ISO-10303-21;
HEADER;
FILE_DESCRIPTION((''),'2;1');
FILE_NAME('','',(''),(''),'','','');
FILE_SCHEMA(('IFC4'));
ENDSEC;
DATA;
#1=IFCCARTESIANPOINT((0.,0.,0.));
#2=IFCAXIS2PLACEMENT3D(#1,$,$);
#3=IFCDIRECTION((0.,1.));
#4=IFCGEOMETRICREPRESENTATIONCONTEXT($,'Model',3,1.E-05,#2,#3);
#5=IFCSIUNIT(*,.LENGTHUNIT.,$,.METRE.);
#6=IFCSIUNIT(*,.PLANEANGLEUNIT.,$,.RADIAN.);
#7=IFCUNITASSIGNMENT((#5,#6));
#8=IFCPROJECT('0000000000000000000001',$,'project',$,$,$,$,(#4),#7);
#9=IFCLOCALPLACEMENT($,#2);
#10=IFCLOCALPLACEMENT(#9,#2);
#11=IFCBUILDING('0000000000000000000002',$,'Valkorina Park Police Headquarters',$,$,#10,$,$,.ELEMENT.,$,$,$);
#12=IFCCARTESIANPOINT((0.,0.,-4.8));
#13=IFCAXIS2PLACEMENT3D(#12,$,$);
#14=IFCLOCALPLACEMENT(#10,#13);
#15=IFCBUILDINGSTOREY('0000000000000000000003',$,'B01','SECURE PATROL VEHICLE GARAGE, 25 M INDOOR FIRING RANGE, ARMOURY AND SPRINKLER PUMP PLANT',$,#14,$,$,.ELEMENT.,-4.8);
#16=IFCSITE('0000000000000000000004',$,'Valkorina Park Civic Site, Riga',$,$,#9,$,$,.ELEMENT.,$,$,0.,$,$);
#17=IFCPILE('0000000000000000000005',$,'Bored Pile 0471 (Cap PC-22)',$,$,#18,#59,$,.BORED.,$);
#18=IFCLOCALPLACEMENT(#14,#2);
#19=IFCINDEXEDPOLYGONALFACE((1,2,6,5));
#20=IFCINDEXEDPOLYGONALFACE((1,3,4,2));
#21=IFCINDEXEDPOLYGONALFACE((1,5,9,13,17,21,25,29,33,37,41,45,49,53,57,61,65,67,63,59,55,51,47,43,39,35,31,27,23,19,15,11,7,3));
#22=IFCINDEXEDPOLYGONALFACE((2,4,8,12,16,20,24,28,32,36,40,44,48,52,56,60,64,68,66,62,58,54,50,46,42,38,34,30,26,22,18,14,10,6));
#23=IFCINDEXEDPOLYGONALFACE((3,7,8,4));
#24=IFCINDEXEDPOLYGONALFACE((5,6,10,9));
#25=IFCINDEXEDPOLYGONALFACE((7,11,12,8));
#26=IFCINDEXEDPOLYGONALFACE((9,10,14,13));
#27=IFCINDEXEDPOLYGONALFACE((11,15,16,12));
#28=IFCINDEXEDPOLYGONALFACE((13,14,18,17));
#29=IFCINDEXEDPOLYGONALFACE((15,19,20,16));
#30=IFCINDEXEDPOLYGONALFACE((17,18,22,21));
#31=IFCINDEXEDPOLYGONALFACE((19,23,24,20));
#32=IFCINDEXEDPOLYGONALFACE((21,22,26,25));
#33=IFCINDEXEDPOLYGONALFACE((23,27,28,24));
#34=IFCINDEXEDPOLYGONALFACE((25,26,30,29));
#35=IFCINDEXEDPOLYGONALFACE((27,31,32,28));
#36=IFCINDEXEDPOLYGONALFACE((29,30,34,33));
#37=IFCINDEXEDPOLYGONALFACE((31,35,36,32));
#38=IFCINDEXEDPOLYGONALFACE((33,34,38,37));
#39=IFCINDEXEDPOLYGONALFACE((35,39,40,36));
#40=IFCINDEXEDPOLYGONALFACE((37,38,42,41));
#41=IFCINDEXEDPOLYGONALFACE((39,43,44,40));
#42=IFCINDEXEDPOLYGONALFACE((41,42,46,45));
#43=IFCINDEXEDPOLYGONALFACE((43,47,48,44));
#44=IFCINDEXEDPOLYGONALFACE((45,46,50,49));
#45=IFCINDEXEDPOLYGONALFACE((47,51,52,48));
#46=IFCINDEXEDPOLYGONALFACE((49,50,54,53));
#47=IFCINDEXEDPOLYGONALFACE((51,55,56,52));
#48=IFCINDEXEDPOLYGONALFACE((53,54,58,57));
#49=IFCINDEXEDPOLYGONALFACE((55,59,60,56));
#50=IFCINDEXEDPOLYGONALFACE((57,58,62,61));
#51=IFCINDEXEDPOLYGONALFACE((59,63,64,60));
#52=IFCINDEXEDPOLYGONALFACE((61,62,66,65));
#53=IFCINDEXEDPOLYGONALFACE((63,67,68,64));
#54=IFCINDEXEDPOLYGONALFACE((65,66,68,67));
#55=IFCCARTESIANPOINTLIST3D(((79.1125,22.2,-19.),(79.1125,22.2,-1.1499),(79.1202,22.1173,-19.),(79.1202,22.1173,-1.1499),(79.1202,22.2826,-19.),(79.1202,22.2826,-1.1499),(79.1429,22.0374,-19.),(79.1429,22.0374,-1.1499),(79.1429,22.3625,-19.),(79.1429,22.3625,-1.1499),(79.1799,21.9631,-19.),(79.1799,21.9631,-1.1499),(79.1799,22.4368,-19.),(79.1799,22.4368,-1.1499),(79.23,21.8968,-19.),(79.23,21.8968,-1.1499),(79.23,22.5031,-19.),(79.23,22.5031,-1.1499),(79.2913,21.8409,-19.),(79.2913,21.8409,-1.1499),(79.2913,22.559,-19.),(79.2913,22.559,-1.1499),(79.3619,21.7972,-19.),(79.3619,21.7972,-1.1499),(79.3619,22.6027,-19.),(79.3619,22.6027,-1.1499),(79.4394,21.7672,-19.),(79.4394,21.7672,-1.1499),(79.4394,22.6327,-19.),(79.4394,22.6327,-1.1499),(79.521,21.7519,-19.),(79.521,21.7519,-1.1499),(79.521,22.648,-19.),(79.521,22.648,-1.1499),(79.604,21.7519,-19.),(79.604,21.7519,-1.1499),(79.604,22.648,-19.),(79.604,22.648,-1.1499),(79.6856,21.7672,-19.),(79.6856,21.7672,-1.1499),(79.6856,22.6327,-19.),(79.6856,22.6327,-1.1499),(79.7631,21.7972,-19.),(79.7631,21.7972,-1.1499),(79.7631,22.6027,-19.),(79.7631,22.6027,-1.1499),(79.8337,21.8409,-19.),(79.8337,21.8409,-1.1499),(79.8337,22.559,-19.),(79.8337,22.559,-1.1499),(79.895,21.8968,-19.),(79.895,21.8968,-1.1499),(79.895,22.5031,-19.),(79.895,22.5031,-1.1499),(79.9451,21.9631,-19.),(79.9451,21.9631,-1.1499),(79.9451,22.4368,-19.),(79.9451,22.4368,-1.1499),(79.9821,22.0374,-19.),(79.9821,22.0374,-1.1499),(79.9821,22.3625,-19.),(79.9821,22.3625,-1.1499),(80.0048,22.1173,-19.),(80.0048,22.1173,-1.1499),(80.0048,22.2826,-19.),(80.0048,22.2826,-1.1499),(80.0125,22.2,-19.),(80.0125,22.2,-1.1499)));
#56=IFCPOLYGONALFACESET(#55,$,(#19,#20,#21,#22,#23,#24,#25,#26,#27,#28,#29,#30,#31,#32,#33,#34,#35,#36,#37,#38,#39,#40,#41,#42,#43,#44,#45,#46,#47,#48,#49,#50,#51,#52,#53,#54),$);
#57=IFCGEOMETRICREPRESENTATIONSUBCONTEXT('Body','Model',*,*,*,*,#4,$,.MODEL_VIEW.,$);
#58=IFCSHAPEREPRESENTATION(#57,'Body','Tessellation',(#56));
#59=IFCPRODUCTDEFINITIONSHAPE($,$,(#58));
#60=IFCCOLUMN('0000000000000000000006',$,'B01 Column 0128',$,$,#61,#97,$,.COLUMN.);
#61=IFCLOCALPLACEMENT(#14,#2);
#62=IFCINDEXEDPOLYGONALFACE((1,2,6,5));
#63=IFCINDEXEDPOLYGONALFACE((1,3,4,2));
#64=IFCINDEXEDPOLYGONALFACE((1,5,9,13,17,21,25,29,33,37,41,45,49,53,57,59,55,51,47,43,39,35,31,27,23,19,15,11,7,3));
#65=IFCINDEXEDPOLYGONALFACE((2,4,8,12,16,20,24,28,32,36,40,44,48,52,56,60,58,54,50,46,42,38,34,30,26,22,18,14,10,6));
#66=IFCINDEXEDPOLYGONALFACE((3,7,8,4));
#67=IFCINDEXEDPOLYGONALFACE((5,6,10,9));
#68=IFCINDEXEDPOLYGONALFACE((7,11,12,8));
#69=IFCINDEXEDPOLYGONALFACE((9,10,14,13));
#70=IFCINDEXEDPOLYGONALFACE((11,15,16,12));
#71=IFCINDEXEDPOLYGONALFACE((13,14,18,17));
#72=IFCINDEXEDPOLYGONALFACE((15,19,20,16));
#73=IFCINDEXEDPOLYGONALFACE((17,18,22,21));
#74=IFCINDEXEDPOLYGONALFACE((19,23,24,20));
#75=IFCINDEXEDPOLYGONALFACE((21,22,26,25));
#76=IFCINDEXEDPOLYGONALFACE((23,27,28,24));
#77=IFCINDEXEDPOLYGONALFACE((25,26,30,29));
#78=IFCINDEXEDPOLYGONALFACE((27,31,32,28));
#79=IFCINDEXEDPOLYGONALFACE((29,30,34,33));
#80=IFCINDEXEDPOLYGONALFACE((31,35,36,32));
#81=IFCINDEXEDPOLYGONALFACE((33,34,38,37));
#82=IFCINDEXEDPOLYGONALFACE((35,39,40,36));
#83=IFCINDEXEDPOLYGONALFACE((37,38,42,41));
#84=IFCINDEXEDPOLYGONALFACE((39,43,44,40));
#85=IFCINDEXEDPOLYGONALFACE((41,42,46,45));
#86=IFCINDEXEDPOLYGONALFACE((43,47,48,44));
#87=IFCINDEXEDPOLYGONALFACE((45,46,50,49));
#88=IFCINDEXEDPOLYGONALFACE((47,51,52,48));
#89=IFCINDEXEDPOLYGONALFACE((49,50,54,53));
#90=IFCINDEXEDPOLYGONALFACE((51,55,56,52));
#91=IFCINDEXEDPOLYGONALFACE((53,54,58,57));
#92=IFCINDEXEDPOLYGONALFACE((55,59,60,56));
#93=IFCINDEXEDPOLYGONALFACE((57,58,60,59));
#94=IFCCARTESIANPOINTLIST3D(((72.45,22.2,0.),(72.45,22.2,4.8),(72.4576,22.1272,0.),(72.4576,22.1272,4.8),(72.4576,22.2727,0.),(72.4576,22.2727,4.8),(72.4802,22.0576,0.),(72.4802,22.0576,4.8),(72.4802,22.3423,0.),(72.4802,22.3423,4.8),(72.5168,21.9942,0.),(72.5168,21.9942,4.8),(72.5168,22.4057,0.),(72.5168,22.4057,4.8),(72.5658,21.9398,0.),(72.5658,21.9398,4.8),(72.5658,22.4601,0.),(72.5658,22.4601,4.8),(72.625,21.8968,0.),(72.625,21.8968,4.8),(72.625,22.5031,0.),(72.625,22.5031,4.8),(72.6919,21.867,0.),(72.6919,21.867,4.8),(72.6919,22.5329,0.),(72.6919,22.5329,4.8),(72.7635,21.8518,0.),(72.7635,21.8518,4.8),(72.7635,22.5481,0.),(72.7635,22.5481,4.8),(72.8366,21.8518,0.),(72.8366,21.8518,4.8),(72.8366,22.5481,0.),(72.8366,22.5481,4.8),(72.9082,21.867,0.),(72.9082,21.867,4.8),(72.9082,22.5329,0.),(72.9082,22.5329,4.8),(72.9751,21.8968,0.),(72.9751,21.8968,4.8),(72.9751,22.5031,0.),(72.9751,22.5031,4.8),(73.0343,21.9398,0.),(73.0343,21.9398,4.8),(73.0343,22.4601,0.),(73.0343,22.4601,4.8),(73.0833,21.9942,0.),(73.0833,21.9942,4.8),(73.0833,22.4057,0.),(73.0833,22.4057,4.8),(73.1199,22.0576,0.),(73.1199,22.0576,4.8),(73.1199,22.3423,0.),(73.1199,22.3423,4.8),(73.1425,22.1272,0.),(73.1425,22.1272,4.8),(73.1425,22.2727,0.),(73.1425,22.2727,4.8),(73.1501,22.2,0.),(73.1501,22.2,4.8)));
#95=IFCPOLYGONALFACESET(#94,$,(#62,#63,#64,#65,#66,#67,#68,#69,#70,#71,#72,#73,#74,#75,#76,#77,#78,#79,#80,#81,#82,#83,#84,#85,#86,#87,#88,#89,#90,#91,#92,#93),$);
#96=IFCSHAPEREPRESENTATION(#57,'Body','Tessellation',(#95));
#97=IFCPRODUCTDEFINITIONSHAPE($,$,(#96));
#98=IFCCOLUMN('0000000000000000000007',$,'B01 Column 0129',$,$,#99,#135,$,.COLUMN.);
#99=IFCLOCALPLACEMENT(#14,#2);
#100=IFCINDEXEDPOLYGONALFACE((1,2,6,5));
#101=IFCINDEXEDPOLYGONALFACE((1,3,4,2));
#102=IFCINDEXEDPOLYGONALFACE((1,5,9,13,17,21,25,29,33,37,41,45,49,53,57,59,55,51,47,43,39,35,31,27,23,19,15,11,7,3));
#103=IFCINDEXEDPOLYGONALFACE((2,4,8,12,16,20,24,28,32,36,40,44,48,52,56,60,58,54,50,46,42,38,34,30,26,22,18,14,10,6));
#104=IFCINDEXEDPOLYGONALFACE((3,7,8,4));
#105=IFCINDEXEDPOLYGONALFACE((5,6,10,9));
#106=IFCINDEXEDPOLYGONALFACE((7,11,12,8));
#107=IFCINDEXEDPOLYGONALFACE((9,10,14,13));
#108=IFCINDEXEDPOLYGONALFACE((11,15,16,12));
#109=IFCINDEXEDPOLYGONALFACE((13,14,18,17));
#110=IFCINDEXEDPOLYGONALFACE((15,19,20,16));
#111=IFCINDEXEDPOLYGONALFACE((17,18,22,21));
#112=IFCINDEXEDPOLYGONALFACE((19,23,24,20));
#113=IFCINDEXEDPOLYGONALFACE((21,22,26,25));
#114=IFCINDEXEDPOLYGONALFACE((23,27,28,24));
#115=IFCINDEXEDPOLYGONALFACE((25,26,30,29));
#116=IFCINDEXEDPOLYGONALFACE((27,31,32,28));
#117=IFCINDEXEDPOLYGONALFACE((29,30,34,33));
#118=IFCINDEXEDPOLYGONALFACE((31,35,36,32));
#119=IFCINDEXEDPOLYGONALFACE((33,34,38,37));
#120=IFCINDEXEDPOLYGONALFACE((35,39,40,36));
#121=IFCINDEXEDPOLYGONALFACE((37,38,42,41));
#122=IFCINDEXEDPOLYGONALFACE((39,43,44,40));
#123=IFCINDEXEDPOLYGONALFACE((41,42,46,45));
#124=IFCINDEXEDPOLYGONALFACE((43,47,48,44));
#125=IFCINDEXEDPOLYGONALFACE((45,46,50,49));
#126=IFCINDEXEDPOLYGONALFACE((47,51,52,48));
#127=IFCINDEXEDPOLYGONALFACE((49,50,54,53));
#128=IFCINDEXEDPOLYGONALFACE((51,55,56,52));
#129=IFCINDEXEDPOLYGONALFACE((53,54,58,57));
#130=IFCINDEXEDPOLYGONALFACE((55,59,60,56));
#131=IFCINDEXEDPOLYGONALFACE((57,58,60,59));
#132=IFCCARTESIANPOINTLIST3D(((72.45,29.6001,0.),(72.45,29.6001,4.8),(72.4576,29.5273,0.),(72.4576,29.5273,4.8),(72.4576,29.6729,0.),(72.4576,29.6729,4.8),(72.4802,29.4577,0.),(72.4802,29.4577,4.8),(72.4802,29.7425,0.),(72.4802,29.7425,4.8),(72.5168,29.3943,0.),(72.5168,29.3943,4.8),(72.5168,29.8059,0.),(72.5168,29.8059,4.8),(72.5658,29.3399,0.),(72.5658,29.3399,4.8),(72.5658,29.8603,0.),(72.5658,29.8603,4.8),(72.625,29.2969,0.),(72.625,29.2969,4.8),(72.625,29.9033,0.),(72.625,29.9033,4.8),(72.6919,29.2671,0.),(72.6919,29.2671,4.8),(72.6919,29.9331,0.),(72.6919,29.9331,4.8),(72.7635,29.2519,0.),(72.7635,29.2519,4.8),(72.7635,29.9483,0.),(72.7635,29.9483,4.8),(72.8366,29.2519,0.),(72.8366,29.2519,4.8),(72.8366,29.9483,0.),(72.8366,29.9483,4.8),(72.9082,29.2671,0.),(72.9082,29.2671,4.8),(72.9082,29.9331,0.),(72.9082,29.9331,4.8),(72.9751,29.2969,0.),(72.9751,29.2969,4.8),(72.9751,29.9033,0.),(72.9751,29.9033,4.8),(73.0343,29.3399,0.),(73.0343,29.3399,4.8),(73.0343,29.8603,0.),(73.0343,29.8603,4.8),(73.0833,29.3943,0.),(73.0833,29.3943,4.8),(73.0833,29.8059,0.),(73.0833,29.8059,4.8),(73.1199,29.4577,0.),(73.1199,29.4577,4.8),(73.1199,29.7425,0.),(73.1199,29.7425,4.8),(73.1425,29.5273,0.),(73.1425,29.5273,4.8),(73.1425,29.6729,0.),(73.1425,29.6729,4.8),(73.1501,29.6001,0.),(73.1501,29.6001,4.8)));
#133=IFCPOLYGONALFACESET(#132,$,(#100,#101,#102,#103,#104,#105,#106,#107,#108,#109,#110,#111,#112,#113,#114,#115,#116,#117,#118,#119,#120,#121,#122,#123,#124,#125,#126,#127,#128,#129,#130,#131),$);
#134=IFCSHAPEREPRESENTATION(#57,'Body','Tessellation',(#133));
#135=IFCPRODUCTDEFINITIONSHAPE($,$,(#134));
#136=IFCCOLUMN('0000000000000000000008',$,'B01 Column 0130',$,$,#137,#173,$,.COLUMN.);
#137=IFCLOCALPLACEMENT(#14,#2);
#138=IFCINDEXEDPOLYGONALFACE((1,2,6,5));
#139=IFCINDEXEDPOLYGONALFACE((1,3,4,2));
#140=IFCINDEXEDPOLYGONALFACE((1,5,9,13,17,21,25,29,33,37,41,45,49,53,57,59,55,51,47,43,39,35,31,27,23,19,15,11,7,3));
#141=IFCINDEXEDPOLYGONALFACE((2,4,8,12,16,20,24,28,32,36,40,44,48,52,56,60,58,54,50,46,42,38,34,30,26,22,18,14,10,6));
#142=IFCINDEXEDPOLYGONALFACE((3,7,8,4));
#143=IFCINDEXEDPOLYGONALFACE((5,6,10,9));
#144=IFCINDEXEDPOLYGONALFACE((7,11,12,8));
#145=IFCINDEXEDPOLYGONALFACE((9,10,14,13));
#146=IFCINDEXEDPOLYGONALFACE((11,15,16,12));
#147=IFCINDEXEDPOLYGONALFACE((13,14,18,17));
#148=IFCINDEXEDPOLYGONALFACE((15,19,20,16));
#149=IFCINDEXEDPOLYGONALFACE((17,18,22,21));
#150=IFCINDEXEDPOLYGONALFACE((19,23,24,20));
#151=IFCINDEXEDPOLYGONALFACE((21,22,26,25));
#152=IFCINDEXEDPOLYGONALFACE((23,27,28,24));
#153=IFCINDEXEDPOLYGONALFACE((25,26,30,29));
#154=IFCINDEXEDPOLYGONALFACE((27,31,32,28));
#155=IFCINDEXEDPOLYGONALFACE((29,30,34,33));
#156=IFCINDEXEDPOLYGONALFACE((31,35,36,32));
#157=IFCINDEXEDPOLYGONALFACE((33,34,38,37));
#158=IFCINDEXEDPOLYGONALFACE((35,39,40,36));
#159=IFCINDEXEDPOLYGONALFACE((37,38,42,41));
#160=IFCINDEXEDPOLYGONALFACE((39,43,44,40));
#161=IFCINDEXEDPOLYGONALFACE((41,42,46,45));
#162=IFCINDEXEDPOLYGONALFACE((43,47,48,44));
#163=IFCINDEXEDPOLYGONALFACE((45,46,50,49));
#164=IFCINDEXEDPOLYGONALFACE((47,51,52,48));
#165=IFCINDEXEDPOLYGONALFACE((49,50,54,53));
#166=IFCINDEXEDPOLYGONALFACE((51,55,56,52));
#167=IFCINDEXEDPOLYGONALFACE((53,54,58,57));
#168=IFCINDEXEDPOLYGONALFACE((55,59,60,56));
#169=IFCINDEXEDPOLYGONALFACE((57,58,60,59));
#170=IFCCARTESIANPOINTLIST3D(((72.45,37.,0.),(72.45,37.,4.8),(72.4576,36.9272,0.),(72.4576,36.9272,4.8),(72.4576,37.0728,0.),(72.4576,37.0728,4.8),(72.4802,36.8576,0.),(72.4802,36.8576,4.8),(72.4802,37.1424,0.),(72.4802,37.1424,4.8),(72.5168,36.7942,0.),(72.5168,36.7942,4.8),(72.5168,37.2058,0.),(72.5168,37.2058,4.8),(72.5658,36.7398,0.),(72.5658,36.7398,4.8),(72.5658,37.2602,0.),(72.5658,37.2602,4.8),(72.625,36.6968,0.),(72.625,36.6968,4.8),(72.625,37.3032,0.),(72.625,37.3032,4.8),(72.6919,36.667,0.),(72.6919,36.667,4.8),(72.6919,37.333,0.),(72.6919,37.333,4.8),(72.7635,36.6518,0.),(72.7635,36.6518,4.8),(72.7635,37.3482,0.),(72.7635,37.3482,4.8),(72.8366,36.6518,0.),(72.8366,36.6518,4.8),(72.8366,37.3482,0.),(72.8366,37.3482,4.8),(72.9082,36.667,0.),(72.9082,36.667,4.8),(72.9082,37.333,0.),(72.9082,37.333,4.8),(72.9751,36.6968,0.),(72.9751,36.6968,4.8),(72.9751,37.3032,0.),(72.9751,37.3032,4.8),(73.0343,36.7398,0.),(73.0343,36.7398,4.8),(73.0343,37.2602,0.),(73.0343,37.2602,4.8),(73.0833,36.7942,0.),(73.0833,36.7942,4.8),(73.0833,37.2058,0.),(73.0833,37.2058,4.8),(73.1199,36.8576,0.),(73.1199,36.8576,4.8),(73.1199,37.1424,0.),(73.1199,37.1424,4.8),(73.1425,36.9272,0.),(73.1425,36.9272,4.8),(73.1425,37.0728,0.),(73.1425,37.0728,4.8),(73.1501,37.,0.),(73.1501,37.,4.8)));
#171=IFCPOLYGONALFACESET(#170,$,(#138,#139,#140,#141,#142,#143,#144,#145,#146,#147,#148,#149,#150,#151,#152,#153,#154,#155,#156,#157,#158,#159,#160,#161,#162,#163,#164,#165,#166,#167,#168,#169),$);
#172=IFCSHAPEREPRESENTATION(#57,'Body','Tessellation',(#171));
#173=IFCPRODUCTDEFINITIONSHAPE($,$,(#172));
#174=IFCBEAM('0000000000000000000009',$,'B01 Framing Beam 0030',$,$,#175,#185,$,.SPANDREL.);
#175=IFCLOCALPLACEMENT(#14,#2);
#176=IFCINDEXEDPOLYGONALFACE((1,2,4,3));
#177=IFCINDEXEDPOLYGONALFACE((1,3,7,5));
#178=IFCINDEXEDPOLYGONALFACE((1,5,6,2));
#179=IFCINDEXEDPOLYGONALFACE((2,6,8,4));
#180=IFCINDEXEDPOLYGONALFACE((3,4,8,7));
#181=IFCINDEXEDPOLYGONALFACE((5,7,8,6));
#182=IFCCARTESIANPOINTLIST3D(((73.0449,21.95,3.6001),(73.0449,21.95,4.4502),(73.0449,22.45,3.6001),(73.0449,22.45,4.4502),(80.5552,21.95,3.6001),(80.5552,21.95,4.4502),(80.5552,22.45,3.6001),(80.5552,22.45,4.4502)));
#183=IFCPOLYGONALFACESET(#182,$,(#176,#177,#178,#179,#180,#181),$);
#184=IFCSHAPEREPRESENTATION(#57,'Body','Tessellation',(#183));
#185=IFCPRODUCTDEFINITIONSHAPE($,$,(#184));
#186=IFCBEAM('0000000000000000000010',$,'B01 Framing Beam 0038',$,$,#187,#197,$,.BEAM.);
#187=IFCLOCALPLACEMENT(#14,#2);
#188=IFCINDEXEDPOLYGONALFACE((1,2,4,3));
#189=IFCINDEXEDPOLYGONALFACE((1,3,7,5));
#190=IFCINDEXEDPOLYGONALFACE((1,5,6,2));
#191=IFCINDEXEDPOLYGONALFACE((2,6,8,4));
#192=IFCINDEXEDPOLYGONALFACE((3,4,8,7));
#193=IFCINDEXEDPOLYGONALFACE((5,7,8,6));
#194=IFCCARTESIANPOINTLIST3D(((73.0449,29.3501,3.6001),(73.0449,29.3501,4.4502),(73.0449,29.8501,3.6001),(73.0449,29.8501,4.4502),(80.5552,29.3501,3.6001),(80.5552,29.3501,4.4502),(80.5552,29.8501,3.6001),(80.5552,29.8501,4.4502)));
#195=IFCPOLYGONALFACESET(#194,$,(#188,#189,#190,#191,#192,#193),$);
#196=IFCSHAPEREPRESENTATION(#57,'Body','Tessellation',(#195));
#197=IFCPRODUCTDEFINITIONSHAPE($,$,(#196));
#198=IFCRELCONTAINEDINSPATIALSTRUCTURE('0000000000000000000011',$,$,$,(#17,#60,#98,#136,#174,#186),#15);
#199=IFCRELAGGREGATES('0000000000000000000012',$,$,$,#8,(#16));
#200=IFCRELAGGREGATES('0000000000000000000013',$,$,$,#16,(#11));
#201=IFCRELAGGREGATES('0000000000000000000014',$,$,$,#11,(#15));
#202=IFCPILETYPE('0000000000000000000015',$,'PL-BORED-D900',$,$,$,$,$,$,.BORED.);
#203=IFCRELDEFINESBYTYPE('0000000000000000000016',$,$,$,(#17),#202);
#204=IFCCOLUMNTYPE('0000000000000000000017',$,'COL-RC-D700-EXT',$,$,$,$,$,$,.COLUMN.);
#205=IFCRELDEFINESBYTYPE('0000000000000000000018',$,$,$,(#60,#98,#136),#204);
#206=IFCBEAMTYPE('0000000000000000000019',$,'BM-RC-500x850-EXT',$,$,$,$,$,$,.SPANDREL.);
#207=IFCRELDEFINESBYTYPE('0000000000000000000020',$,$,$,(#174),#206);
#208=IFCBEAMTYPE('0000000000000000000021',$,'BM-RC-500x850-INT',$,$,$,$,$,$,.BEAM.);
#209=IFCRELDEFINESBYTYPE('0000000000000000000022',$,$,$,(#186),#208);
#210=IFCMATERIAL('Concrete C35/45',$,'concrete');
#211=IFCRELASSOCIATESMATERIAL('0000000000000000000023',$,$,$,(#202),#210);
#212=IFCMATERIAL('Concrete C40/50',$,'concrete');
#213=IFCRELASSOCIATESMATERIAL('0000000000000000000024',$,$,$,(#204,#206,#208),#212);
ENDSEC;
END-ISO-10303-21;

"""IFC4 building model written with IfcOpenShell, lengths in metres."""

from ifc_helpers import new_model, si_unit, direction, frame, origin, origin_2d, place, context, subcontext, project, spatial, rectangle, circle, extrude, material, material_profile, profile_set, type_object, element, save


model = new_model("IFC4")

# Units and contexts
model_context = context("Model", 3, precision=1e-05, world=origin(), true_north=direction((0.0, 1.0)))
body_context = subcontext(model_context, "Body", "Model", "MODEL_VIEW")
ifc_project = project(units=[si_unit("LENGTHUNIT", "METRE"), si_unit("PLANEANGLEUNIT", "RADIAN")], contexts=[model_context])

# Site, building, storey
site_placement = place(None, origin())
site = spatial("IfcSite", under=ifc_project, at=site_placement, Name="Valkorina Park Civic Site, Riga", CompositionType="ELEMENT", RefElevation=0.0)
building_placement = place(site_placement, origin())
building = spatial("IfcBuilding", under=site, at=building_placement, Name="Valkorina Park Police Headquarters", CompositionType="ELEMENT")
storey_placement = place(building_placement, frame((0.0, 0.0, -4.8)))
storey = spatial("IfcBuildingStorey", under=building, at=storey_placement, Name="B01", Description="SECURE PATROL VEHICLE GARAGE, 25 M INDOOR FIRING RANGE, ARMOURY AND SPRINKLER PUMP PLANT", CompositionType="ELEMENT", Elevation=-4.8)

# Shared definitions
ifc_material_1 = material(Name="Concrete C40/50", Category="concrete")

# Pile
ifc_material_2 = material(Name="Concrete C35/45", Category="concrete")
ifc_material_profile_1 = material_profile(ifc_material_2, circle(Radius=0.45, at=origin_2d()), Name="BORED PILE D900")
ifc_profile_set_1 = profile_set([ifc_material_profile_1], Name="Concrete C35/45")
pile_type_1 = type_object("IfcPileType", Name="PL-BORED-D900", PredefinedType="BORED", material=ifc_profile_set_1)
pile_placement = place(storey_placement, frame((79.5625, 22.2, -1.1499), z_axis=(0.0, 0.0, -1.0), x_axis=(1.0, 0.0, 0.0)))
element("IfcPile", 1, at=pile_placement, inside=storey, type_object=pile_type_1, Name="Bored Pile 0471 (Cap PC-22)", PredefinedType="BORED", context=body_context, shape_type="SweptSolid", body=[
    extrude(circle(Radius=0.45, at=origin_2d()), origin(), (0.0, 0.0, 1.0), 17.8501),
])

# Columns
ifc_material_profile_2 = material_profile(ifc_material_1, circle(Radius=0.3501, at=origin_2d()), Name="RC COL D700")
ifc_profile_set_2 = profile_set([ifc_material_profile_2], Name="Concrete C40/50")
column_type = type_object("IfcColumnType", Name="COL-RC-D700-EXT", PredefinedType="COLUMN", material=ifc_profile_set_2)
for number, where, z_axis, x_axis, name in (
    (2, (72.8, 22.2, 0.0), (0.0, 0.0, 1.0), (1.0, 0.0, 0.0), "B01 Column 0128"),
    (3, (72.8, 29.6001, 0.0), (0.0, 0.0, 1.0), (1.0, 0.0, 0.0), "B01 Column 0129"),
    (4, (72.8, 37.0, 0.0), (0.0, 0.0, 1.0), (1.0, 0.0, 0.0), "B01 Column 0130"),
):
    element("IfcColumn", number, at=place(storey_placement, frame(where, z_axis=z_axis, x_axis=x_axis)), inside=storey, type_object=column_type, Name=name, PredefinedType="COLUMN", context=body_context, shape_type="SweptSolid", body=[
        extrude(circle(Radius=0.3501, at=origin_2d()), origin(), (0.0, 0.0, 1.0), 4.8),
    ])

# Beams
ifc_material_profile_3 = material_profile(ifc_material_1, rectangle(XDim=0.5, YDim=0.8501, at=origin_2d()), Name="RC BEAM 500x850")
ifc_profile_set_3 = profile_set([ifc_material_profile_3], Name="Concrete C40/50")
beam_type_1 = type_object("IfcBeamType", Name="BM-RC-500x850-EXT", PredefinedType="SPANDREL", material=ifc_profile_set_3)
beam_1_placement = place(storey_placement, frame((73.0449, 22.2, 4.0251), z_axis=(1.0, 0.0, 0.0), x_axis=(0.0, 1.0, 0.0)))
element("IfcBeam", 5, at=beam_1_placement, inside=storey, type_object=beam_type_1, Name="B01 Framing Beam 0030", PredefinedType="SPANDREL", context=body_context, shape_type="SweptSolid", body=[
    extrude(rectangle(XDim=0.5, YDim=0.8501, at=origin_2d()), origin(), (0.0, 0.0, 1.0), 7.5103),
])
ifc_material_profile_4 = material_profile(ifc_material_1, rectangle(XDim=0.5, YDim=0.8501, at=origin_2d()), Name="RC BEAM 500x850")
ifc_profile_set_4 = profile_set([ifc_material_profile_4], Name="Concrete C40/50")
beam_type_2 = type_object("IfcBeamType", Name="BM-RC-500x850-INT", PredefinedType="BEAM", material=ifc_profile_set_4)
for number, where, z_axis, x_axis, name in (
    (6, (73.0449, 29.6001, 4.0251), (1.0, 0.0, 0.0), (0.0, 1.0, 0.0), "B01 Framing Beam 0038"),
):
    element("IfcBeam", number, at=place(storey_placement, frame(where, z_axis=z_axis, x_axis=x_axis)), inside=storey, type_object=beam_type_2, Name=name, PredefinedType="BEAM", context=body_context, shape_type="SweptSolid", body=[
        extrude(rectangle(XDim=0.5, YDim=0.8501, at=origin_2d()), origin(), (0.0, 0.0, 1.0), 7.5103),
    ])

save(model, "model.ifc")
